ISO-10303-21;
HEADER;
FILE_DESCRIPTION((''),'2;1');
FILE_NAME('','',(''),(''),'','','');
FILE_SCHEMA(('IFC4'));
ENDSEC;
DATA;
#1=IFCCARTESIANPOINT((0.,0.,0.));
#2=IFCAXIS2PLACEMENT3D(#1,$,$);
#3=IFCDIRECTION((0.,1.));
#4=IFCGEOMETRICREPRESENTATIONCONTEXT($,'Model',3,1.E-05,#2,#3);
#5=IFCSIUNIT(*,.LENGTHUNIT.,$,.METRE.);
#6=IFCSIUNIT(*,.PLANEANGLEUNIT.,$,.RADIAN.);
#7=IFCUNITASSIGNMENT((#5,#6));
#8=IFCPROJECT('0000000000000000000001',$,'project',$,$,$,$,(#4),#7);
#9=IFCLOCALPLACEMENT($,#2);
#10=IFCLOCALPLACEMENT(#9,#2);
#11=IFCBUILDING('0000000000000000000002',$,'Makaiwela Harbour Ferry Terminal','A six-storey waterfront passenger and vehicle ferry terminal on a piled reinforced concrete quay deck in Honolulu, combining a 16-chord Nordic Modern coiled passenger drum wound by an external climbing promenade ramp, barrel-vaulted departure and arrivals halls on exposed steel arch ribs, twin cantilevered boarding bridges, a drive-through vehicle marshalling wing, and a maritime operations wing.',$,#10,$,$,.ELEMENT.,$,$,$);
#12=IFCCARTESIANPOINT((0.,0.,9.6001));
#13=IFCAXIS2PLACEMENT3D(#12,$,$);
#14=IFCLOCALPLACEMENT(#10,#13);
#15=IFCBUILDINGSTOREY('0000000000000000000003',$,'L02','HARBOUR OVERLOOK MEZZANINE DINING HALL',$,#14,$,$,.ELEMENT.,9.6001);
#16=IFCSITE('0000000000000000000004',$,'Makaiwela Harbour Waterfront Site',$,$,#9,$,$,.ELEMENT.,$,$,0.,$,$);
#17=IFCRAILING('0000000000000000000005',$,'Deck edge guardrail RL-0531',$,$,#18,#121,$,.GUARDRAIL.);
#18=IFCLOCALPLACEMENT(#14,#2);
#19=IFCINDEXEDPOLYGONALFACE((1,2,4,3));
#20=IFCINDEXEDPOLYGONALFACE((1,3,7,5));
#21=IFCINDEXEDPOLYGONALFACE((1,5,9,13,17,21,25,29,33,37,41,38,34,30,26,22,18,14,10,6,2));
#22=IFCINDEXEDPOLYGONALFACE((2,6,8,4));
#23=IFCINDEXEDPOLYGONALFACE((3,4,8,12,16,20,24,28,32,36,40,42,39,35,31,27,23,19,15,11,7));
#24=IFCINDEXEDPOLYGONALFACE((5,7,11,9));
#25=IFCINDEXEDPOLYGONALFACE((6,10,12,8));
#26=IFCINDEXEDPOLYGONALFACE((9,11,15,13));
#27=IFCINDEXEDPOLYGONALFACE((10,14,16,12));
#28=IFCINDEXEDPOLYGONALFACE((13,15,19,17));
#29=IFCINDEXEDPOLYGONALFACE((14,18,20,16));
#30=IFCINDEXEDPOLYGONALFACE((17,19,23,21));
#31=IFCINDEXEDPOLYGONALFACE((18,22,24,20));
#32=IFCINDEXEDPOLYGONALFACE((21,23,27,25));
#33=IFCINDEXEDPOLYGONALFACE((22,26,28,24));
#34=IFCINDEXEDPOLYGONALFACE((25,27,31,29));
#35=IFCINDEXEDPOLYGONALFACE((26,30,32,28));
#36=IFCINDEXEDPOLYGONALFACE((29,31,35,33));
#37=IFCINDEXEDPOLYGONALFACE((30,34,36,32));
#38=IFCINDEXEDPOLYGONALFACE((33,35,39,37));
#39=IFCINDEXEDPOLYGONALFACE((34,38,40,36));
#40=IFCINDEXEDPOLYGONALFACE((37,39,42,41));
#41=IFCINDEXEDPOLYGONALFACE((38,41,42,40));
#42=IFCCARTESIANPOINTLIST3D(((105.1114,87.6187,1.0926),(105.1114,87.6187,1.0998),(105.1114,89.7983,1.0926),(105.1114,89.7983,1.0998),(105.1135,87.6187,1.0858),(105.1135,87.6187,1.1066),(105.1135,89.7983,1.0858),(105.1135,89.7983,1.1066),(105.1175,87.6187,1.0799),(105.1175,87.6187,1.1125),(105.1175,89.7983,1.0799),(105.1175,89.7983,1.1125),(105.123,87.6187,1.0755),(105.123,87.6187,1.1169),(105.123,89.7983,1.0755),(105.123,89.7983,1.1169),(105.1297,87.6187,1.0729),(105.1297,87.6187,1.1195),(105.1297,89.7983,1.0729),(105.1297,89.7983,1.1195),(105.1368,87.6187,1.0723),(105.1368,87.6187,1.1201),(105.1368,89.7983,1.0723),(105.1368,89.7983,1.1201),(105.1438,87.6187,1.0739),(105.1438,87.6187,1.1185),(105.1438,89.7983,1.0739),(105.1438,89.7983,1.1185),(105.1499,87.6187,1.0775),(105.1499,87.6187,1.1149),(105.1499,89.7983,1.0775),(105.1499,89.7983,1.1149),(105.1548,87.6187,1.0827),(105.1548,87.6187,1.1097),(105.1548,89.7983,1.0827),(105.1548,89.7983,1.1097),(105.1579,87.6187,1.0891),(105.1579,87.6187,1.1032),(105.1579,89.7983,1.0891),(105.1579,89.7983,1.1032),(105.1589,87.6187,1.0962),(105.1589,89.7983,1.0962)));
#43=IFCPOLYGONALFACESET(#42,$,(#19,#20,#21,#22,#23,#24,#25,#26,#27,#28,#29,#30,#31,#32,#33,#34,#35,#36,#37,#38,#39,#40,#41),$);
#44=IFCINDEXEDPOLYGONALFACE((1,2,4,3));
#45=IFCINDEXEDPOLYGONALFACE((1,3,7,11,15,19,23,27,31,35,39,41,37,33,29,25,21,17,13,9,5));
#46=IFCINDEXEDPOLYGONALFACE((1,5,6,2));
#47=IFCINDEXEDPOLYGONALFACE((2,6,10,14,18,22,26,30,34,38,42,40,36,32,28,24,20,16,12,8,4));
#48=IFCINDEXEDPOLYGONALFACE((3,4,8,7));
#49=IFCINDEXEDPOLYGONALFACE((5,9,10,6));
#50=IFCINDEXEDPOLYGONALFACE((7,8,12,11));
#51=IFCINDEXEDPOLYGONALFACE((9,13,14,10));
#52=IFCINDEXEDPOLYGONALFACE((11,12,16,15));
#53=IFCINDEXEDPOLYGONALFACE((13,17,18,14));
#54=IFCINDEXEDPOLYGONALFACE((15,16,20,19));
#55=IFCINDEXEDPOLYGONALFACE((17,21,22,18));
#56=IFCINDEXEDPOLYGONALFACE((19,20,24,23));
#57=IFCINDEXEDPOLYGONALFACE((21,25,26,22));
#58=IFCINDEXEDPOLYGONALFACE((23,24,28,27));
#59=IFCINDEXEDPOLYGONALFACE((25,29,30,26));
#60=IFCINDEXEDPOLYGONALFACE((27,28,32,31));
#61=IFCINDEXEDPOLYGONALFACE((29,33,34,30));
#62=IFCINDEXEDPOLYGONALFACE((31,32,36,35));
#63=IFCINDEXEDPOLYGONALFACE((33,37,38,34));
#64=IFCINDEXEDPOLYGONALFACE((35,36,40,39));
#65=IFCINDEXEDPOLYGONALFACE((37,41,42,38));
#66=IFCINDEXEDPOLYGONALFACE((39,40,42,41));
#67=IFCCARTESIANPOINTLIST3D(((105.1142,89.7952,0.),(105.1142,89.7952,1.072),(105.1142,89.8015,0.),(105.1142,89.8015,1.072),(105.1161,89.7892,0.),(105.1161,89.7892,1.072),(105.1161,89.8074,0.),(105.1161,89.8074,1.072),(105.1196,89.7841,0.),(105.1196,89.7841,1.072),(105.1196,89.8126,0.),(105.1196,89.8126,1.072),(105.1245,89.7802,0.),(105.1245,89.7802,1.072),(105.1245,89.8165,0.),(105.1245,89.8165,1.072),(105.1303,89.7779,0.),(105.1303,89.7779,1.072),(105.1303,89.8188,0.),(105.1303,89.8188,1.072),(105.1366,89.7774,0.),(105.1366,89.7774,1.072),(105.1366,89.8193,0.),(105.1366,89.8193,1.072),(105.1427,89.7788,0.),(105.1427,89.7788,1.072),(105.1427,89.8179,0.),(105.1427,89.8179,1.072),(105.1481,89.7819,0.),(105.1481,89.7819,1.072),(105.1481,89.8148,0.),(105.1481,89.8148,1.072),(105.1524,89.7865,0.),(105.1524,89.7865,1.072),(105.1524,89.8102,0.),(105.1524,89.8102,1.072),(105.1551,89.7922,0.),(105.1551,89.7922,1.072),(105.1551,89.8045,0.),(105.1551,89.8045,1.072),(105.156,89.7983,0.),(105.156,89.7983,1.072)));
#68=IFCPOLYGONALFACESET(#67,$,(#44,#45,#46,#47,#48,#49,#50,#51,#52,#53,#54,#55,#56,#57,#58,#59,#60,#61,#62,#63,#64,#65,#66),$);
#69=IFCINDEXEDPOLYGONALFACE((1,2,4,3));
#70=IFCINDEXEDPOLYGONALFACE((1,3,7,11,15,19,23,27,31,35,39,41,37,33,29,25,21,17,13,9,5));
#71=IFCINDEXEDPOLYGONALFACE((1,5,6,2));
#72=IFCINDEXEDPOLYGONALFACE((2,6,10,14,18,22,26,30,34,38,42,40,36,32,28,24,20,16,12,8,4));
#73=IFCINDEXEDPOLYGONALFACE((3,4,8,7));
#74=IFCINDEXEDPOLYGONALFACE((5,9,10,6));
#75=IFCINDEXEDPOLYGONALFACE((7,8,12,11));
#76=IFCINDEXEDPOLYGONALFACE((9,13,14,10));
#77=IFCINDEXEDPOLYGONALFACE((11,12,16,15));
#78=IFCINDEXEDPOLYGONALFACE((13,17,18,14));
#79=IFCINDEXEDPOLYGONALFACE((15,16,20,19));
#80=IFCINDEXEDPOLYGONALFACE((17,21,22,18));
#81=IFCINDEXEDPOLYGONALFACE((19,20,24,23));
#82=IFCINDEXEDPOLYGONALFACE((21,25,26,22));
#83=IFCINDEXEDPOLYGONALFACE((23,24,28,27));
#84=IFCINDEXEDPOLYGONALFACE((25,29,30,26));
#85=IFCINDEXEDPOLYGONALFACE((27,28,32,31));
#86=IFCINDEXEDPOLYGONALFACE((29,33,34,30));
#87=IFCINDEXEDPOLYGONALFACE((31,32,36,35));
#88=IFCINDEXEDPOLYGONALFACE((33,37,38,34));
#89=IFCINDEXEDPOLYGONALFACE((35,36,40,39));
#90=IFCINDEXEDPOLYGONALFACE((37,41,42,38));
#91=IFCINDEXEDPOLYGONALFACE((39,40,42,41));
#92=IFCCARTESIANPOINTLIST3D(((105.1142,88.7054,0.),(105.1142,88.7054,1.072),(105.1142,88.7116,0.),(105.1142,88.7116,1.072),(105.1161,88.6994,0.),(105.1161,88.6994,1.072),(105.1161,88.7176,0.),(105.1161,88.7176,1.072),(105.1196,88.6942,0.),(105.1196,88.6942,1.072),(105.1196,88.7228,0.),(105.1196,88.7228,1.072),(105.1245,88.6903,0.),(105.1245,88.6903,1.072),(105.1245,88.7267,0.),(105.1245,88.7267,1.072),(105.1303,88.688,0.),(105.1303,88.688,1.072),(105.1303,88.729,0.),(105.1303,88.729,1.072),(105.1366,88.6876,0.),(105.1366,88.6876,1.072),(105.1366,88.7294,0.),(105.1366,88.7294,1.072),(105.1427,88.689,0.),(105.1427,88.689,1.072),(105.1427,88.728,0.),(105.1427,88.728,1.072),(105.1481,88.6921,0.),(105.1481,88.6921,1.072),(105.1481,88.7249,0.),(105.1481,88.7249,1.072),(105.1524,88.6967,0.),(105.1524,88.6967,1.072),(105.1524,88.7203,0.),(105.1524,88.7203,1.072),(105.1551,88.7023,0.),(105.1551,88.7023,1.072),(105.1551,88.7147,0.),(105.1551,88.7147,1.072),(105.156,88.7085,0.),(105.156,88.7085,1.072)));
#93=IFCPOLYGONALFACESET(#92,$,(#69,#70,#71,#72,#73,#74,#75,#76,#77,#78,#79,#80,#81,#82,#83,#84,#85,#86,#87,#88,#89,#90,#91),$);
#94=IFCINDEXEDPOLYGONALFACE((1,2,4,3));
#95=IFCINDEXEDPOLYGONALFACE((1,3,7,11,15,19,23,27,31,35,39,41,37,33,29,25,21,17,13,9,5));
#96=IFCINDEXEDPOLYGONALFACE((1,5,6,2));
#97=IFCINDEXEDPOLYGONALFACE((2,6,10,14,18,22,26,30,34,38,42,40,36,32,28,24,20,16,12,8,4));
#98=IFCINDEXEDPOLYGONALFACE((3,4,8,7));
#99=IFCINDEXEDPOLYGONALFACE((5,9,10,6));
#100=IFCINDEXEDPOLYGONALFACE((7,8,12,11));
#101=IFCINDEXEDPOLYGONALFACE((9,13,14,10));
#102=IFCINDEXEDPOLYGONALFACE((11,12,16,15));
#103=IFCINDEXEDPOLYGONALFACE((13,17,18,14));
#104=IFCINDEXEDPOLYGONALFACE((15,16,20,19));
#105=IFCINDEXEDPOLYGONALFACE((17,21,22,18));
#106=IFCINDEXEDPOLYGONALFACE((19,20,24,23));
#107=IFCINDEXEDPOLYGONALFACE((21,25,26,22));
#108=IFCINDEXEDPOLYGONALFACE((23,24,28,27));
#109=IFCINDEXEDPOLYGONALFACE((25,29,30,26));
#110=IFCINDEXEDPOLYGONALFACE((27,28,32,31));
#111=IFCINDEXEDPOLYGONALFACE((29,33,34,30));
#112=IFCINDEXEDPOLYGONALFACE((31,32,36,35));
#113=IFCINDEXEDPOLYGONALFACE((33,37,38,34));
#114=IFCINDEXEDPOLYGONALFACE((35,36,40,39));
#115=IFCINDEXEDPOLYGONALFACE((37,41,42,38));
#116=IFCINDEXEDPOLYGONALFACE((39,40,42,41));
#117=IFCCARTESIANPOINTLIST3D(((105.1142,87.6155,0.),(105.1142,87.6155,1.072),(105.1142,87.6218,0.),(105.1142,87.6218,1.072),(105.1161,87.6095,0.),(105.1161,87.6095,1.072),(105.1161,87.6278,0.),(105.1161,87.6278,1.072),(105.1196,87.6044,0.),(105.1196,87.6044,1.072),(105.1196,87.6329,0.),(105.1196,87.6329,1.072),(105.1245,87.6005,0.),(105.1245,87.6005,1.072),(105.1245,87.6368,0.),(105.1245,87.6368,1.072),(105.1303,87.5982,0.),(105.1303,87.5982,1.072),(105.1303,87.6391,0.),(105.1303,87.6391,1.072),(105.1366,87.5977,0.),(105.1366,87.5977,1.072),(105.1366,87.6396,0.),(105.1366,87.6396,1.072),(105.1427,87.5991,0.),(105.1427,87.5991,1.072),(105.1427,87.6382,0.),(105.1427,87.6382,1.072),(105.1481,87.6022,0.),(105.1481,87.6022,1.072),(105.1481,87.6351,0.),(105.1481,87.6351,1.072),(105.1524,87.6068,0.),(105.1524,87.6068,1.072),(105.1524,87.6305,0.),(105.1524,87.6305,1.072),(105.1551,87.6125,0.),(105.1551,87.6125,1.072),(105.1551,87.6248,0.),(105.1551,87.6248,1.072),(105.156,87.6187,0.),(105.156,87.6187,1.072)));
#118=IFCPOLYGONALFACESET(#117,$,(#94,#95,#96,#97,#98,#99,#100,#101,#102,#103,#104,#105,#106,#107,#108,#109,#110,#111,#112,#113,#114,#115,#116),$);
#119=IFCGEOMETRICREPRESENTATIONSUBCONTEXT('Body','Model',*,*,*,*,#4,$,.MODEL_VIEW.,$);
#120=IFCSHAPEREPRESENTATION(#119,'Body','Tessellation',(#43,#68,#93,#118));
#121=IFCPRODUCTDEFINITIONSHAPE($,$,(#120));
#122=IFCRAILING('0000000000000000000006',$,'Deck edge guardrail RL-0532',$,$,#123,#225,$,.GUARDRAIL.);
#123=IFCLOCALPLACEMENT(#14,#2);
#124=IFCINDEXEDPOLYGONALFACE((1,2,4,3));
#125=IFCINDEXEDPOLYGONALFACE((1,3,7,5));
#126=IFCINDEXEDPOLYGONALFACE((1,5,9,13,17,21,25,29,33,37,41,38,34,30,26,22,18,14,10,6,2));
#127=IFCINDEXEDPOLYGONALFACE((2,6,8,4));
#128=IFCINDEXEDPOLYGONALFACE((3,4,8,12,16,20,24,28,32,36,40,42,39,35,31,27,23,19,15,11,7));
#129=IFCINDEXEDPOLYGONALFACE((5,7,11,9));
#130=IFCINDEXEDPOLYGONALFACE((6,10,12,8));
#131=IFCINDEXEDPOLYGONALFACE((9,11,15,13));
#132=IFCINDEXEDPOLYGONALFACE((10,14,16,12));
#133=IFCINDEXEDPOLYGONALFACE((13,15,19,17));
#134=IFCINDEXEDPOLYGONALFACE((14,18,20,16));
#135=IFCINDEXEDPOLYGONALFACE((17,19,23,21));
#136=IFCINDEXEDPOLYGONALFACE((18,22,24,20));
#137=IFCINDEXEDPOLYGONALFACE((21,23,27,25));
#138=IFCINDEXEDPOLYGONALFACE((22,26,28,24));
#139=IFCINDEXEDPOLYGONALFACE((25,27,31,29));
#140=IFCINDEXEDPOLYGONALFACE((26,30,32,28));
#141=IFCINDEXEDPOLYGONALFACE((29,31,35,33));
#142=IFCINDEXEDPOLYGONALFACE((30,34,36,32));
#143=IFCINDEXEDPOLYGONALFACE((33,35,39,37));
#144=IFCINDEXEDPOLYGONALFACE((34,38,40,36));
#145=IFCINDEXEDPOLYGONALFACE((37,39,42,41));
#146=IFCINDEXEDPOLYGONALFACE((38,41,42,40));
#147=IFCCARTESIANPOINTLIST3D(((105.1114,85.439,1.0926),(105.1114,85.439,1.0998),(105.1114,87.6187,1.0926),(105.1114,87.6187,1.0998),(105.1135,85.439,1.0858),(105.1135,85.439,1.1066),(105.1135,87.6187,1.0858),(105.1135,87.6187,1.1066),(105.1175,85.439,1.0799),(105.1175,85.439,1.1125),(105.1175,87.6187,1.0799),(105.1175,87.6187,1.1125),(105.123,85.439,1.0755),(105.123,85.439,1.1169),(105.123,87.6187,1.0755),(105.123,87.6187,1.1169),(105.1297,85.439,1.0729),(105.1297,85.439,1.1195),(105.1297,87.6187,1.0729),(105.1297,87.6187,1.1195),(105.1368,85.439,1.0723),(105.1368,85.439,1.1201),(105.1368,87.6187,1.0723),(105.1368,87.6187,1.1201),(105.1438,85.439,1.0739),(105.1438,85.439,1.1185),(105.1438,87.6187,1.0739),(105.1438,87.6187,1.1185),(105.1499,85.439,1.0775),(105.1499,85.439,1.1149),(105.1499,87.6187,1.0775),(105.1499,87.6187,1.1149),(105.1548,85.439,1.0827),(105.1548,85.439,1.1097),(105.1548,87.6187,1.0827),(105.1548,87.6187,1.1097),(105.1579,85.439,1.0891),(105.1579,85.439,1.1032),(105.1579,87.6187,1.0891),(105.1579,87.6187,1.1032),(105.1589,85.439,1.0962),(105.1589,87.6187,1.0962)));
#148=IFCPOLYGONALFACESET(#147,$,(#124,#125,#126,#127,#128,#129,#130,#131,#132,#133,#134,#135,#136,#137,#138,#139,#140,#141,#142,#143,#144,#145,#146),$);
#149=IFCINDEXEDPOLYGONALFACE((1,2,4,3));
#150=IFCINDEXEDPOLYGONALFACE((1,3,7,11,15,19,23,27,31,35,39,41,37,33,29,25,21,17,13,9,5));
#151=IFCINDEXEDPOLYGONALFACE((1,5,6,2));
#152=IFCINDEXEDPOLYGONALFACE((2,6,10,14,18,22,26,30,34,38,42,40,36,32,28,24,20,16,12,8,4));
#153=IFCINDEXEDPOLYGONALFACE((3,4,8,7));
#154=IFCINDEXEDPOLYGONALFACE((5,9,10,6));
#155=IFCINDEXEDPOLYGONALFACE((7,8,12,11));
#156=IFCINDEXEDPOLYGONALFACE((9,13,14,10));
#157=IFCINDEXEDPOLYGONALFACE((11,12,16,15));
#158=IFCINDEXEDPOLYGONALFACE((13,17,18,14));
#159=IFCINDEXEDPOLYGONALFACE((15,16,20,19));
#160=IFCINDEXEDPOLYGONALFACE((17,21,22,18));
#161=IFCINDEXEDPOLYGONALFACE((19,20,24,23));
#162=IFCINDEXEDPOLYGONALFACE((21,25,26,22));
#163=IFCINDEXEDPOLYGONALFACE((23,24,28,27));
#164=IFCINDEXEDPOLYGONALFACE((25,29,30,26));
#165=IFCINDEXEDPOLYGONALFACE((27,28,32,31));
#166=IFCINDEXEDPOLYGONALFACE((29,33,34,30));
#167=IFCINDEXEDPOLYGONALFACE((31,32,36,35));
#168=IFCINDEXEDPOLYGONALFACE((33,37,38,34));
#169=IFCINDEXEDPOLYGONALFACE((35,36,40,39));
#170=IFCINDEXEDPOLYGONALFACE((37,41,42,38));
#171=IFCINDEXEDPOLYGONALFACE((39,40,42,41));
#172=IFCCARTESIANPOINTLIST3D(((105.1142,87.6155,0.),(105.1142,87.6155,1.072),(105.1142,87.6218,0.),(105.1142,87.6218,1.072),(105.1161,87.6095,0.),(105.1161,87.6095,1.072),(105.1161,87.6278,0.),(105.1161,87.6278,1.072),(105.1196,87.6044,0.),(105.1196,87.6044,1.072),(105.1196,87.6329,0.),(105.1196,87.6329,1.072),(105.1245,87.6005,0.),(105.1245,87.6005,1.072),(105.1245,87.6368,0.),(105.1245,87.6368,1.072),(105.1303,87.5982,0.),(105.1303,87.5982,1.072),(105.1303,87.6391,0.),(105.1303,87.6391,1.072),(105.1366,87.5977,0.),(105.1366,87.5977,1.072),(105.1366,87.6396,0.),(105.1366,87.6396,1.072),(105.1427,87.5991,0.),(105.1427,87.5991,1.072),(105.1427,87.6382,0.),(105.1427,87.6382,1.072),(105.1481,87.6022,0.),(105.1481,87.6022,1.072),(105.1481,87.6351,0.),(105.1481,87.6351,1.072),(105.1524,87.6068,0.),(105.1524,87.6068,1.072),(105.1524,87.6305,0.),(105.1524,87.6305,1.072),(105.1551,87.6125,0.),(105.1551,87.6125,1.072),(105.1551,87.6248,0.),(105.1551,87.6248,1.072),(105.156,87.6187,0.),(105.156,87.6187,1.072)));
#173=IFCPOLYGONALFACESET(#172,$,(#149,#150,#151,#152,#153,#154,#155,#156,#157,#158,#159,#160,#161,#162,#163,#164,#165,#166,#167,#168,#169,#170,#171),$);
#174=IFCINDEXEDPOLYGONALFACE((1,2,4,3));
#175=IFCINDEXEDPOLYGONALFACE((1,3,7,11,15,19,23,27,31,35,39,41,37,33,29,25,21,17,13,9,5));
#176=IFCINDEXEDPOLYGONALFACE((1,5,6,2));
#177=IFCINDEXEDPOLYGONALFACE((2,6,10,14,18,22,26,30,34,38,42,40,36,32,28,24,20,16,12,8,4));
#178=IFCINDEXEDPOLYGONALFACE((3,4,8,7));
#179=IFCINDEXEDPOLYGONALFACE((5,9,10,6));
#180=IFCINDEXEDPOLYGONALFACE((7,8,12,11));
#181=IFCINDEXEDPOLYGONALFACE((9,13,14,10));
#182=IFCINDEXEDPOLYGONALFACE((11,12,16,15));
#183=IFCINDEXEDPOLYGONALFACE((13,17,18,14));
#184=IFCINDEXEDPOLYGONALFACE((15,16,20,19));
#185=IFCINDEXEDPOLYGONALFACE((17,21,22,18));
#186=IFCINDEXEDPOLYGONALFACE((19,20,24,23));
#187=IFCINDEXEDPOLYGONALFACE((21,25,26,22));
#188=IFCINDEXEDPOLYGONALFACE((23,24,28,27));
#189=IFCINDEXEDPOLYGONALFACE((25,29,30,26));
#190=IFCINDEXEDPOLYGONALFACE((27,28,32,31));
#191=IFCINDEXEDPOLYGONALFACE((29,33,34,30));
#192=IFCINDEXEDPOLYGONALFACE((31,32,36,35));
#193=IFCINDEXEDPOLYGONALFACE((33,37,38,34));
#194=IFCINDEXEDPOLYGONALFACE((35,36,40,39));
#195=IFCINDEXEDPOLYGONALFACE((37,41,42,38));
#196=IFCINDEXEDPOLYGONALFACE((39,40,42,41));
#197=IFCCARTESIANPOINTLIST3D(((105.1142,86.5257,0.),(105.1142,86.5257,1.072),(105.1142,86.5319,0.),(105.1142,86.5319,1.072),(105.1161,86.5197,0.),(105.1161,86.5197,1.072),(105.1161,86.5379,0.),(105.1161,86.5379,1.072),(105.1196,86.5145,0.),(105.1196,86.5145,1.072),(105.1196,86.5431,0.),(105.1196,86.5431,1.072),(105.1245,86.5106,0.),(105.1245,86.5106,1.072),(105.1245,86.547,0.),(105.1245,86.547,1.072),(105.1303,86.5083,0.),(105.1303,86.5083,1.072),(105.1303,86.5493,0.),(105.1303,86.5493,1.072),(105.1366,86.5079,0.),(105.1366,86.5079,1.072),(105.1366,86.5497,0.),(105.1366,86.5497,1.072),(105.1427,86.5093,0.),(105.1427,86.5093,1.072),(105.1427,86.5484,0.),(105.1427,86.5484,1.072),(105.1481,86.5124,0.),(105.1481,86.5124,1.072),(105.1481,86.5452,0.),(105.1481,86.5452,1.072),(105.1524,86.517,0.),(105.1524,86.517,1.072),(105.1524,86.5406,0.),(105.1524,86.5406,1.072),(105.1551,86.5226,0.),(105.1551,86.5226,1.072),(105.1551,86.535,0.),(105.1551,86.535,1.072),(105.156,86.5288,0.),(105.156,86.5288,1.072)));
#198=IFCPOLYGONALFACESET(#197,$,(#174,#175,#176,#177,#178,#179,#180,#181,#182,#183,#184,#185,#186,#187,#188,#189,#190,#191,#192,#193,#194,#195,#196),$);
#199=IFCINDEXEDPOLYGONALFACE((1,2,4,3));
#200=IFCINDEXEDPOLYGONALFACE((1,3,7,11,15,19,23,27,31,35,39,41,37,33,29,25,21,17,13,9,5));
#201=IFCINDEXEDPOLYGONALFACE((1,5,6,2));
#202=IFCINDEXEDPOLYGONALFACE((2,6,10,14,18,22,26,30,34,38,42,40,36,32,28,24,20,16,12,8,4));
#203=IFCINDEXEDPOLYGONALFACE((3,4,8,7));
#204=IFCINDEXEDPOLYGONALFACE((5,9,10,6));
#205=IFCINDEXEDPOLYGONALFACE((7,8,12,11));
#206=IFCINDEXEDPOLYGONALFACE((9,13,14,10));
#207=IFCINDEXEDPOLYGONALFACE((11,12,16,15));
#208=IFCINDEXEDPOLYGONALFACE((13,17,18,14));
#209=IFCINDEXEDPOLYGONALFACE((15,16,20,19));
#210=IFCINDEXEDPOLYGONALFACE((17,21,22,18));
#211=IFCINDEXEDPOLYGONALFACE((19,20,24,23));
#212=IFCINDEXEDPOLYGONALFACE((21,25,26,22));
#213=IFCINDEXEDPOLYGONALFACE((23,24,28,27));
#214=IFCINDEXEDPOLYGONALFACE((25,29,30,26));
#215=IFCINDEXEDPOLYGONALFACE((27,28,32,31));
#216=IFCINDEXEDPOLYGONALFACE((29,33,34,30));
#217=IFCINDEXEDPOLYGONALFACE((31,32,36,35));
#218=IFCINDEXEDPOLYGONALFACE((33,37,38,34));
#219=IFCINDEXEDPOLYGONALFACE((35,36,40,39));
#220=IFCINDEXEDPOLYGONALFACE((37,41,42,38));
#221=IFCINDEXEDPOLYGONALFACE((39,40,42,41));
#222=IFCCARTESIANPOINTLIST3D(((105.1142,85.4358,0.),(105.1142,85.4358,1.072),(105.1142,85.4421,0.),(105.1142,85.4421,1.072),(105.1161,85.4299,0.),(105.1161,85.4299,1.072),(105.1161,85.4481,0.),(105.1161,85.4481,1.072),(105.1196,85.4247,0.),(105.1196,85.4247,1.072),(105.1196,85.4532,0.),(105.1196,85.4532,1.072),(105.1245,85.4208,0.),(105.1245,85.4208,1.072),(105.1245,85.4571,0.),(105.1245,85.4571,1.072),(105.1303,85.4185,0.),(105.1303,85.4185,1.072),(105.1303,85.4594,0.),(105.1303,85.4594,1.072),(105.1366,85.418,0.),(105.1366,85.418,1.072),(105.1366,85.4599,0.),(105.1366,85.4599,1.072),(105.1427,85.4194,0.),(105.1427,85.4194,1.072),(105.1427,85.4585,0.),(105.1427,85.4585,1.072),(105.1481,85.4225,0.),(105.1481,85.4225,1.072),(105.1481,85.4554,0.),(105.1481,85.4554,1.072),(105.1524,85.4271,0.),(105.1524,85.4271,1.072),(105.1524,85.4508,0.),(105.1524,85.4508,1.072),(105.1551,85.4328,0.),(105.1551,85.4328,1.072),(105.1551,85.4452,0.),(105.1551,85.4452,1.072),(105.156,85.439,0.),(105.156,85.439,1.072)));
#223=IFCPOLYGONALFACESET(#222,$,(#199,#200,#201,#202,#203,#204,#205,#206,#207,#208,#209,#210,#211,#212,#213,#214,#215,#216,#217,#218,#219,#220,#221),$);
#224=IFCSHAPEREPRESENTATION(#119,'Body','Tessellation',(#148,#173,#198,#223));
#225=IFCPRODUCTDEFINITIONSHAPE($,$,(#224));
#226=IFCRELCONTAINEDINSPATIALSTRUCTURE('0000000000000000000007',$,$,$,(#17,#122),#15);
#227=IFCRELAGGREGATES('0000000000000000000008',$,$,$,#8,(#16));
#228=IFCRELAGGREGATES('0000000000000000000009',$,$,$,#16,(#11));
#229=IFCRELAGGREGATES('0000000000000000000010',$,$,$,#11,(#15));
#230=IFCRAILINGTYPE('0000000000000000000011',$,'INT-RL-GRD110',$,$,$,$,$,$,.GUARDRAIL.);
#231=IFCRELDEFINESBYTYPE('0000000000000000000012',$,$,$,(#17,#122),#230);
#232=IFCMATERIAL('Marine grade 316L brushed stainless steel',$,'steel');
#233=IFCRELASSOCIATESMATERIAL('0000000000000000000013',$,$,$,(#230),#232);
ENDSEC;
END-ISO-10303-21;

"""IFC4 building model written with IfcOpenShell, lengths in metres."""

from ifc_helpers import new_model, si_unit, direction, frame, origin, origin_2d, place, context, subcontext, project, spatial, circle, extrude, material, type_object, element, save


model = new_model("IFC4")

# Units and contexts
model_context = context("Model", 3, precision=1e-05, world=origin(), true_north=direction((0.0, 1.0)))
body_context = subcontext(model_context, "Body", "Model", "MODEL_VIEW")
ifc_project = project(units=[si_unit("LENGTHUNIT", "METRE"), si_unit("PLANEANGLEUNIT", "RADIAN")], contexts=[model_context])

# Site, building, storey
site_placement = place(None, origin())
site = spatial("IfcSite", under=ifc_project, at=site_placement, Name="Makaiwela Harbour Waterfront Site", CompositionType="ELEMENT", RefElevation=0.0)
building_placement = place(site_placement, origin())
building = spatial("IfcBuilding", under=site, at=building_placement, Name="Makaiwela Harbour Ferry Terminal", Description="A six-storey waterfront passenger and vehicle ferry terminal on a piled reinforced concrete quay deck in Honolulu, combining a 16-chord Nordic Modern coiled passenger drum wound by an external climbing promenade ramp, barrel-vaulted departure and arrivals halls on exposed steel arch ribs, twin cantilevered boarding bridges, a drive-through vehicle marshalling wing, and a maritime operations wing.", CompositionType="ELEMENT")
storey_placement = place(building_placement, frame((0.0, 0.0, 9.6001)))
storey = spatial("IfcBuildingStorey", under=building, at=storey_placement, Name="L02", Description="HARBOUR OVERLOOK MEZZANINE DINING HALL", CompositionType="ELEMENT", Elevation=9.6001)

# Railings
ifc_material_1 = material(Name="Marine grade 316L brushed stainless steel", Category="steel")
railing_type = type_object("IfcRailingType", Name="INT-RL-GRD110", PredefinedType="GUARDRAIL", material=ifc_material_1)
for number, where, name in (
    (1, (105.135, 89.7983, 0.0), "Deck edge guardrail RL-0531"),
    (2, (105.135, 87.6187, 0.0), "Deck edge guardrail RL-0532"),
):
    element("IfcRailing", number, at=place(storey_placement, frame(where)), inside=storey, type_object=railing_type, Name=name, PredefinedType="GUARDRAIL", context=body_context, shape_type="SweptSolid", body=[
        extrude(circle(Radius=0.0239, at=origin_2d()), frame((0.0, 0.0, 1.0962), z_axis=(0.0, -1.0, 0.0), x_axis=(1.0, 0.0, 0.0)), (0.0, 0.0, 1.0), 2.1797),
        extrude(circle(Radius=0.021, at=origin_2d()), origin(), (0.0, 0.0, 1.0), 1.072),
        extrude(circle(Radius=0.021, at=origin_2d()), frame((0.0, -1.0898, 0.0)), (0.0, 0.0, 1.0), 1.072),
        extrude(circle(Radius=0.021, at=origin_2d()), frame((0.0, -2.1797, 0.0)), (0.0, 0.0, 1.0), 1.072),
    ])

save(model, "model.ifc")
